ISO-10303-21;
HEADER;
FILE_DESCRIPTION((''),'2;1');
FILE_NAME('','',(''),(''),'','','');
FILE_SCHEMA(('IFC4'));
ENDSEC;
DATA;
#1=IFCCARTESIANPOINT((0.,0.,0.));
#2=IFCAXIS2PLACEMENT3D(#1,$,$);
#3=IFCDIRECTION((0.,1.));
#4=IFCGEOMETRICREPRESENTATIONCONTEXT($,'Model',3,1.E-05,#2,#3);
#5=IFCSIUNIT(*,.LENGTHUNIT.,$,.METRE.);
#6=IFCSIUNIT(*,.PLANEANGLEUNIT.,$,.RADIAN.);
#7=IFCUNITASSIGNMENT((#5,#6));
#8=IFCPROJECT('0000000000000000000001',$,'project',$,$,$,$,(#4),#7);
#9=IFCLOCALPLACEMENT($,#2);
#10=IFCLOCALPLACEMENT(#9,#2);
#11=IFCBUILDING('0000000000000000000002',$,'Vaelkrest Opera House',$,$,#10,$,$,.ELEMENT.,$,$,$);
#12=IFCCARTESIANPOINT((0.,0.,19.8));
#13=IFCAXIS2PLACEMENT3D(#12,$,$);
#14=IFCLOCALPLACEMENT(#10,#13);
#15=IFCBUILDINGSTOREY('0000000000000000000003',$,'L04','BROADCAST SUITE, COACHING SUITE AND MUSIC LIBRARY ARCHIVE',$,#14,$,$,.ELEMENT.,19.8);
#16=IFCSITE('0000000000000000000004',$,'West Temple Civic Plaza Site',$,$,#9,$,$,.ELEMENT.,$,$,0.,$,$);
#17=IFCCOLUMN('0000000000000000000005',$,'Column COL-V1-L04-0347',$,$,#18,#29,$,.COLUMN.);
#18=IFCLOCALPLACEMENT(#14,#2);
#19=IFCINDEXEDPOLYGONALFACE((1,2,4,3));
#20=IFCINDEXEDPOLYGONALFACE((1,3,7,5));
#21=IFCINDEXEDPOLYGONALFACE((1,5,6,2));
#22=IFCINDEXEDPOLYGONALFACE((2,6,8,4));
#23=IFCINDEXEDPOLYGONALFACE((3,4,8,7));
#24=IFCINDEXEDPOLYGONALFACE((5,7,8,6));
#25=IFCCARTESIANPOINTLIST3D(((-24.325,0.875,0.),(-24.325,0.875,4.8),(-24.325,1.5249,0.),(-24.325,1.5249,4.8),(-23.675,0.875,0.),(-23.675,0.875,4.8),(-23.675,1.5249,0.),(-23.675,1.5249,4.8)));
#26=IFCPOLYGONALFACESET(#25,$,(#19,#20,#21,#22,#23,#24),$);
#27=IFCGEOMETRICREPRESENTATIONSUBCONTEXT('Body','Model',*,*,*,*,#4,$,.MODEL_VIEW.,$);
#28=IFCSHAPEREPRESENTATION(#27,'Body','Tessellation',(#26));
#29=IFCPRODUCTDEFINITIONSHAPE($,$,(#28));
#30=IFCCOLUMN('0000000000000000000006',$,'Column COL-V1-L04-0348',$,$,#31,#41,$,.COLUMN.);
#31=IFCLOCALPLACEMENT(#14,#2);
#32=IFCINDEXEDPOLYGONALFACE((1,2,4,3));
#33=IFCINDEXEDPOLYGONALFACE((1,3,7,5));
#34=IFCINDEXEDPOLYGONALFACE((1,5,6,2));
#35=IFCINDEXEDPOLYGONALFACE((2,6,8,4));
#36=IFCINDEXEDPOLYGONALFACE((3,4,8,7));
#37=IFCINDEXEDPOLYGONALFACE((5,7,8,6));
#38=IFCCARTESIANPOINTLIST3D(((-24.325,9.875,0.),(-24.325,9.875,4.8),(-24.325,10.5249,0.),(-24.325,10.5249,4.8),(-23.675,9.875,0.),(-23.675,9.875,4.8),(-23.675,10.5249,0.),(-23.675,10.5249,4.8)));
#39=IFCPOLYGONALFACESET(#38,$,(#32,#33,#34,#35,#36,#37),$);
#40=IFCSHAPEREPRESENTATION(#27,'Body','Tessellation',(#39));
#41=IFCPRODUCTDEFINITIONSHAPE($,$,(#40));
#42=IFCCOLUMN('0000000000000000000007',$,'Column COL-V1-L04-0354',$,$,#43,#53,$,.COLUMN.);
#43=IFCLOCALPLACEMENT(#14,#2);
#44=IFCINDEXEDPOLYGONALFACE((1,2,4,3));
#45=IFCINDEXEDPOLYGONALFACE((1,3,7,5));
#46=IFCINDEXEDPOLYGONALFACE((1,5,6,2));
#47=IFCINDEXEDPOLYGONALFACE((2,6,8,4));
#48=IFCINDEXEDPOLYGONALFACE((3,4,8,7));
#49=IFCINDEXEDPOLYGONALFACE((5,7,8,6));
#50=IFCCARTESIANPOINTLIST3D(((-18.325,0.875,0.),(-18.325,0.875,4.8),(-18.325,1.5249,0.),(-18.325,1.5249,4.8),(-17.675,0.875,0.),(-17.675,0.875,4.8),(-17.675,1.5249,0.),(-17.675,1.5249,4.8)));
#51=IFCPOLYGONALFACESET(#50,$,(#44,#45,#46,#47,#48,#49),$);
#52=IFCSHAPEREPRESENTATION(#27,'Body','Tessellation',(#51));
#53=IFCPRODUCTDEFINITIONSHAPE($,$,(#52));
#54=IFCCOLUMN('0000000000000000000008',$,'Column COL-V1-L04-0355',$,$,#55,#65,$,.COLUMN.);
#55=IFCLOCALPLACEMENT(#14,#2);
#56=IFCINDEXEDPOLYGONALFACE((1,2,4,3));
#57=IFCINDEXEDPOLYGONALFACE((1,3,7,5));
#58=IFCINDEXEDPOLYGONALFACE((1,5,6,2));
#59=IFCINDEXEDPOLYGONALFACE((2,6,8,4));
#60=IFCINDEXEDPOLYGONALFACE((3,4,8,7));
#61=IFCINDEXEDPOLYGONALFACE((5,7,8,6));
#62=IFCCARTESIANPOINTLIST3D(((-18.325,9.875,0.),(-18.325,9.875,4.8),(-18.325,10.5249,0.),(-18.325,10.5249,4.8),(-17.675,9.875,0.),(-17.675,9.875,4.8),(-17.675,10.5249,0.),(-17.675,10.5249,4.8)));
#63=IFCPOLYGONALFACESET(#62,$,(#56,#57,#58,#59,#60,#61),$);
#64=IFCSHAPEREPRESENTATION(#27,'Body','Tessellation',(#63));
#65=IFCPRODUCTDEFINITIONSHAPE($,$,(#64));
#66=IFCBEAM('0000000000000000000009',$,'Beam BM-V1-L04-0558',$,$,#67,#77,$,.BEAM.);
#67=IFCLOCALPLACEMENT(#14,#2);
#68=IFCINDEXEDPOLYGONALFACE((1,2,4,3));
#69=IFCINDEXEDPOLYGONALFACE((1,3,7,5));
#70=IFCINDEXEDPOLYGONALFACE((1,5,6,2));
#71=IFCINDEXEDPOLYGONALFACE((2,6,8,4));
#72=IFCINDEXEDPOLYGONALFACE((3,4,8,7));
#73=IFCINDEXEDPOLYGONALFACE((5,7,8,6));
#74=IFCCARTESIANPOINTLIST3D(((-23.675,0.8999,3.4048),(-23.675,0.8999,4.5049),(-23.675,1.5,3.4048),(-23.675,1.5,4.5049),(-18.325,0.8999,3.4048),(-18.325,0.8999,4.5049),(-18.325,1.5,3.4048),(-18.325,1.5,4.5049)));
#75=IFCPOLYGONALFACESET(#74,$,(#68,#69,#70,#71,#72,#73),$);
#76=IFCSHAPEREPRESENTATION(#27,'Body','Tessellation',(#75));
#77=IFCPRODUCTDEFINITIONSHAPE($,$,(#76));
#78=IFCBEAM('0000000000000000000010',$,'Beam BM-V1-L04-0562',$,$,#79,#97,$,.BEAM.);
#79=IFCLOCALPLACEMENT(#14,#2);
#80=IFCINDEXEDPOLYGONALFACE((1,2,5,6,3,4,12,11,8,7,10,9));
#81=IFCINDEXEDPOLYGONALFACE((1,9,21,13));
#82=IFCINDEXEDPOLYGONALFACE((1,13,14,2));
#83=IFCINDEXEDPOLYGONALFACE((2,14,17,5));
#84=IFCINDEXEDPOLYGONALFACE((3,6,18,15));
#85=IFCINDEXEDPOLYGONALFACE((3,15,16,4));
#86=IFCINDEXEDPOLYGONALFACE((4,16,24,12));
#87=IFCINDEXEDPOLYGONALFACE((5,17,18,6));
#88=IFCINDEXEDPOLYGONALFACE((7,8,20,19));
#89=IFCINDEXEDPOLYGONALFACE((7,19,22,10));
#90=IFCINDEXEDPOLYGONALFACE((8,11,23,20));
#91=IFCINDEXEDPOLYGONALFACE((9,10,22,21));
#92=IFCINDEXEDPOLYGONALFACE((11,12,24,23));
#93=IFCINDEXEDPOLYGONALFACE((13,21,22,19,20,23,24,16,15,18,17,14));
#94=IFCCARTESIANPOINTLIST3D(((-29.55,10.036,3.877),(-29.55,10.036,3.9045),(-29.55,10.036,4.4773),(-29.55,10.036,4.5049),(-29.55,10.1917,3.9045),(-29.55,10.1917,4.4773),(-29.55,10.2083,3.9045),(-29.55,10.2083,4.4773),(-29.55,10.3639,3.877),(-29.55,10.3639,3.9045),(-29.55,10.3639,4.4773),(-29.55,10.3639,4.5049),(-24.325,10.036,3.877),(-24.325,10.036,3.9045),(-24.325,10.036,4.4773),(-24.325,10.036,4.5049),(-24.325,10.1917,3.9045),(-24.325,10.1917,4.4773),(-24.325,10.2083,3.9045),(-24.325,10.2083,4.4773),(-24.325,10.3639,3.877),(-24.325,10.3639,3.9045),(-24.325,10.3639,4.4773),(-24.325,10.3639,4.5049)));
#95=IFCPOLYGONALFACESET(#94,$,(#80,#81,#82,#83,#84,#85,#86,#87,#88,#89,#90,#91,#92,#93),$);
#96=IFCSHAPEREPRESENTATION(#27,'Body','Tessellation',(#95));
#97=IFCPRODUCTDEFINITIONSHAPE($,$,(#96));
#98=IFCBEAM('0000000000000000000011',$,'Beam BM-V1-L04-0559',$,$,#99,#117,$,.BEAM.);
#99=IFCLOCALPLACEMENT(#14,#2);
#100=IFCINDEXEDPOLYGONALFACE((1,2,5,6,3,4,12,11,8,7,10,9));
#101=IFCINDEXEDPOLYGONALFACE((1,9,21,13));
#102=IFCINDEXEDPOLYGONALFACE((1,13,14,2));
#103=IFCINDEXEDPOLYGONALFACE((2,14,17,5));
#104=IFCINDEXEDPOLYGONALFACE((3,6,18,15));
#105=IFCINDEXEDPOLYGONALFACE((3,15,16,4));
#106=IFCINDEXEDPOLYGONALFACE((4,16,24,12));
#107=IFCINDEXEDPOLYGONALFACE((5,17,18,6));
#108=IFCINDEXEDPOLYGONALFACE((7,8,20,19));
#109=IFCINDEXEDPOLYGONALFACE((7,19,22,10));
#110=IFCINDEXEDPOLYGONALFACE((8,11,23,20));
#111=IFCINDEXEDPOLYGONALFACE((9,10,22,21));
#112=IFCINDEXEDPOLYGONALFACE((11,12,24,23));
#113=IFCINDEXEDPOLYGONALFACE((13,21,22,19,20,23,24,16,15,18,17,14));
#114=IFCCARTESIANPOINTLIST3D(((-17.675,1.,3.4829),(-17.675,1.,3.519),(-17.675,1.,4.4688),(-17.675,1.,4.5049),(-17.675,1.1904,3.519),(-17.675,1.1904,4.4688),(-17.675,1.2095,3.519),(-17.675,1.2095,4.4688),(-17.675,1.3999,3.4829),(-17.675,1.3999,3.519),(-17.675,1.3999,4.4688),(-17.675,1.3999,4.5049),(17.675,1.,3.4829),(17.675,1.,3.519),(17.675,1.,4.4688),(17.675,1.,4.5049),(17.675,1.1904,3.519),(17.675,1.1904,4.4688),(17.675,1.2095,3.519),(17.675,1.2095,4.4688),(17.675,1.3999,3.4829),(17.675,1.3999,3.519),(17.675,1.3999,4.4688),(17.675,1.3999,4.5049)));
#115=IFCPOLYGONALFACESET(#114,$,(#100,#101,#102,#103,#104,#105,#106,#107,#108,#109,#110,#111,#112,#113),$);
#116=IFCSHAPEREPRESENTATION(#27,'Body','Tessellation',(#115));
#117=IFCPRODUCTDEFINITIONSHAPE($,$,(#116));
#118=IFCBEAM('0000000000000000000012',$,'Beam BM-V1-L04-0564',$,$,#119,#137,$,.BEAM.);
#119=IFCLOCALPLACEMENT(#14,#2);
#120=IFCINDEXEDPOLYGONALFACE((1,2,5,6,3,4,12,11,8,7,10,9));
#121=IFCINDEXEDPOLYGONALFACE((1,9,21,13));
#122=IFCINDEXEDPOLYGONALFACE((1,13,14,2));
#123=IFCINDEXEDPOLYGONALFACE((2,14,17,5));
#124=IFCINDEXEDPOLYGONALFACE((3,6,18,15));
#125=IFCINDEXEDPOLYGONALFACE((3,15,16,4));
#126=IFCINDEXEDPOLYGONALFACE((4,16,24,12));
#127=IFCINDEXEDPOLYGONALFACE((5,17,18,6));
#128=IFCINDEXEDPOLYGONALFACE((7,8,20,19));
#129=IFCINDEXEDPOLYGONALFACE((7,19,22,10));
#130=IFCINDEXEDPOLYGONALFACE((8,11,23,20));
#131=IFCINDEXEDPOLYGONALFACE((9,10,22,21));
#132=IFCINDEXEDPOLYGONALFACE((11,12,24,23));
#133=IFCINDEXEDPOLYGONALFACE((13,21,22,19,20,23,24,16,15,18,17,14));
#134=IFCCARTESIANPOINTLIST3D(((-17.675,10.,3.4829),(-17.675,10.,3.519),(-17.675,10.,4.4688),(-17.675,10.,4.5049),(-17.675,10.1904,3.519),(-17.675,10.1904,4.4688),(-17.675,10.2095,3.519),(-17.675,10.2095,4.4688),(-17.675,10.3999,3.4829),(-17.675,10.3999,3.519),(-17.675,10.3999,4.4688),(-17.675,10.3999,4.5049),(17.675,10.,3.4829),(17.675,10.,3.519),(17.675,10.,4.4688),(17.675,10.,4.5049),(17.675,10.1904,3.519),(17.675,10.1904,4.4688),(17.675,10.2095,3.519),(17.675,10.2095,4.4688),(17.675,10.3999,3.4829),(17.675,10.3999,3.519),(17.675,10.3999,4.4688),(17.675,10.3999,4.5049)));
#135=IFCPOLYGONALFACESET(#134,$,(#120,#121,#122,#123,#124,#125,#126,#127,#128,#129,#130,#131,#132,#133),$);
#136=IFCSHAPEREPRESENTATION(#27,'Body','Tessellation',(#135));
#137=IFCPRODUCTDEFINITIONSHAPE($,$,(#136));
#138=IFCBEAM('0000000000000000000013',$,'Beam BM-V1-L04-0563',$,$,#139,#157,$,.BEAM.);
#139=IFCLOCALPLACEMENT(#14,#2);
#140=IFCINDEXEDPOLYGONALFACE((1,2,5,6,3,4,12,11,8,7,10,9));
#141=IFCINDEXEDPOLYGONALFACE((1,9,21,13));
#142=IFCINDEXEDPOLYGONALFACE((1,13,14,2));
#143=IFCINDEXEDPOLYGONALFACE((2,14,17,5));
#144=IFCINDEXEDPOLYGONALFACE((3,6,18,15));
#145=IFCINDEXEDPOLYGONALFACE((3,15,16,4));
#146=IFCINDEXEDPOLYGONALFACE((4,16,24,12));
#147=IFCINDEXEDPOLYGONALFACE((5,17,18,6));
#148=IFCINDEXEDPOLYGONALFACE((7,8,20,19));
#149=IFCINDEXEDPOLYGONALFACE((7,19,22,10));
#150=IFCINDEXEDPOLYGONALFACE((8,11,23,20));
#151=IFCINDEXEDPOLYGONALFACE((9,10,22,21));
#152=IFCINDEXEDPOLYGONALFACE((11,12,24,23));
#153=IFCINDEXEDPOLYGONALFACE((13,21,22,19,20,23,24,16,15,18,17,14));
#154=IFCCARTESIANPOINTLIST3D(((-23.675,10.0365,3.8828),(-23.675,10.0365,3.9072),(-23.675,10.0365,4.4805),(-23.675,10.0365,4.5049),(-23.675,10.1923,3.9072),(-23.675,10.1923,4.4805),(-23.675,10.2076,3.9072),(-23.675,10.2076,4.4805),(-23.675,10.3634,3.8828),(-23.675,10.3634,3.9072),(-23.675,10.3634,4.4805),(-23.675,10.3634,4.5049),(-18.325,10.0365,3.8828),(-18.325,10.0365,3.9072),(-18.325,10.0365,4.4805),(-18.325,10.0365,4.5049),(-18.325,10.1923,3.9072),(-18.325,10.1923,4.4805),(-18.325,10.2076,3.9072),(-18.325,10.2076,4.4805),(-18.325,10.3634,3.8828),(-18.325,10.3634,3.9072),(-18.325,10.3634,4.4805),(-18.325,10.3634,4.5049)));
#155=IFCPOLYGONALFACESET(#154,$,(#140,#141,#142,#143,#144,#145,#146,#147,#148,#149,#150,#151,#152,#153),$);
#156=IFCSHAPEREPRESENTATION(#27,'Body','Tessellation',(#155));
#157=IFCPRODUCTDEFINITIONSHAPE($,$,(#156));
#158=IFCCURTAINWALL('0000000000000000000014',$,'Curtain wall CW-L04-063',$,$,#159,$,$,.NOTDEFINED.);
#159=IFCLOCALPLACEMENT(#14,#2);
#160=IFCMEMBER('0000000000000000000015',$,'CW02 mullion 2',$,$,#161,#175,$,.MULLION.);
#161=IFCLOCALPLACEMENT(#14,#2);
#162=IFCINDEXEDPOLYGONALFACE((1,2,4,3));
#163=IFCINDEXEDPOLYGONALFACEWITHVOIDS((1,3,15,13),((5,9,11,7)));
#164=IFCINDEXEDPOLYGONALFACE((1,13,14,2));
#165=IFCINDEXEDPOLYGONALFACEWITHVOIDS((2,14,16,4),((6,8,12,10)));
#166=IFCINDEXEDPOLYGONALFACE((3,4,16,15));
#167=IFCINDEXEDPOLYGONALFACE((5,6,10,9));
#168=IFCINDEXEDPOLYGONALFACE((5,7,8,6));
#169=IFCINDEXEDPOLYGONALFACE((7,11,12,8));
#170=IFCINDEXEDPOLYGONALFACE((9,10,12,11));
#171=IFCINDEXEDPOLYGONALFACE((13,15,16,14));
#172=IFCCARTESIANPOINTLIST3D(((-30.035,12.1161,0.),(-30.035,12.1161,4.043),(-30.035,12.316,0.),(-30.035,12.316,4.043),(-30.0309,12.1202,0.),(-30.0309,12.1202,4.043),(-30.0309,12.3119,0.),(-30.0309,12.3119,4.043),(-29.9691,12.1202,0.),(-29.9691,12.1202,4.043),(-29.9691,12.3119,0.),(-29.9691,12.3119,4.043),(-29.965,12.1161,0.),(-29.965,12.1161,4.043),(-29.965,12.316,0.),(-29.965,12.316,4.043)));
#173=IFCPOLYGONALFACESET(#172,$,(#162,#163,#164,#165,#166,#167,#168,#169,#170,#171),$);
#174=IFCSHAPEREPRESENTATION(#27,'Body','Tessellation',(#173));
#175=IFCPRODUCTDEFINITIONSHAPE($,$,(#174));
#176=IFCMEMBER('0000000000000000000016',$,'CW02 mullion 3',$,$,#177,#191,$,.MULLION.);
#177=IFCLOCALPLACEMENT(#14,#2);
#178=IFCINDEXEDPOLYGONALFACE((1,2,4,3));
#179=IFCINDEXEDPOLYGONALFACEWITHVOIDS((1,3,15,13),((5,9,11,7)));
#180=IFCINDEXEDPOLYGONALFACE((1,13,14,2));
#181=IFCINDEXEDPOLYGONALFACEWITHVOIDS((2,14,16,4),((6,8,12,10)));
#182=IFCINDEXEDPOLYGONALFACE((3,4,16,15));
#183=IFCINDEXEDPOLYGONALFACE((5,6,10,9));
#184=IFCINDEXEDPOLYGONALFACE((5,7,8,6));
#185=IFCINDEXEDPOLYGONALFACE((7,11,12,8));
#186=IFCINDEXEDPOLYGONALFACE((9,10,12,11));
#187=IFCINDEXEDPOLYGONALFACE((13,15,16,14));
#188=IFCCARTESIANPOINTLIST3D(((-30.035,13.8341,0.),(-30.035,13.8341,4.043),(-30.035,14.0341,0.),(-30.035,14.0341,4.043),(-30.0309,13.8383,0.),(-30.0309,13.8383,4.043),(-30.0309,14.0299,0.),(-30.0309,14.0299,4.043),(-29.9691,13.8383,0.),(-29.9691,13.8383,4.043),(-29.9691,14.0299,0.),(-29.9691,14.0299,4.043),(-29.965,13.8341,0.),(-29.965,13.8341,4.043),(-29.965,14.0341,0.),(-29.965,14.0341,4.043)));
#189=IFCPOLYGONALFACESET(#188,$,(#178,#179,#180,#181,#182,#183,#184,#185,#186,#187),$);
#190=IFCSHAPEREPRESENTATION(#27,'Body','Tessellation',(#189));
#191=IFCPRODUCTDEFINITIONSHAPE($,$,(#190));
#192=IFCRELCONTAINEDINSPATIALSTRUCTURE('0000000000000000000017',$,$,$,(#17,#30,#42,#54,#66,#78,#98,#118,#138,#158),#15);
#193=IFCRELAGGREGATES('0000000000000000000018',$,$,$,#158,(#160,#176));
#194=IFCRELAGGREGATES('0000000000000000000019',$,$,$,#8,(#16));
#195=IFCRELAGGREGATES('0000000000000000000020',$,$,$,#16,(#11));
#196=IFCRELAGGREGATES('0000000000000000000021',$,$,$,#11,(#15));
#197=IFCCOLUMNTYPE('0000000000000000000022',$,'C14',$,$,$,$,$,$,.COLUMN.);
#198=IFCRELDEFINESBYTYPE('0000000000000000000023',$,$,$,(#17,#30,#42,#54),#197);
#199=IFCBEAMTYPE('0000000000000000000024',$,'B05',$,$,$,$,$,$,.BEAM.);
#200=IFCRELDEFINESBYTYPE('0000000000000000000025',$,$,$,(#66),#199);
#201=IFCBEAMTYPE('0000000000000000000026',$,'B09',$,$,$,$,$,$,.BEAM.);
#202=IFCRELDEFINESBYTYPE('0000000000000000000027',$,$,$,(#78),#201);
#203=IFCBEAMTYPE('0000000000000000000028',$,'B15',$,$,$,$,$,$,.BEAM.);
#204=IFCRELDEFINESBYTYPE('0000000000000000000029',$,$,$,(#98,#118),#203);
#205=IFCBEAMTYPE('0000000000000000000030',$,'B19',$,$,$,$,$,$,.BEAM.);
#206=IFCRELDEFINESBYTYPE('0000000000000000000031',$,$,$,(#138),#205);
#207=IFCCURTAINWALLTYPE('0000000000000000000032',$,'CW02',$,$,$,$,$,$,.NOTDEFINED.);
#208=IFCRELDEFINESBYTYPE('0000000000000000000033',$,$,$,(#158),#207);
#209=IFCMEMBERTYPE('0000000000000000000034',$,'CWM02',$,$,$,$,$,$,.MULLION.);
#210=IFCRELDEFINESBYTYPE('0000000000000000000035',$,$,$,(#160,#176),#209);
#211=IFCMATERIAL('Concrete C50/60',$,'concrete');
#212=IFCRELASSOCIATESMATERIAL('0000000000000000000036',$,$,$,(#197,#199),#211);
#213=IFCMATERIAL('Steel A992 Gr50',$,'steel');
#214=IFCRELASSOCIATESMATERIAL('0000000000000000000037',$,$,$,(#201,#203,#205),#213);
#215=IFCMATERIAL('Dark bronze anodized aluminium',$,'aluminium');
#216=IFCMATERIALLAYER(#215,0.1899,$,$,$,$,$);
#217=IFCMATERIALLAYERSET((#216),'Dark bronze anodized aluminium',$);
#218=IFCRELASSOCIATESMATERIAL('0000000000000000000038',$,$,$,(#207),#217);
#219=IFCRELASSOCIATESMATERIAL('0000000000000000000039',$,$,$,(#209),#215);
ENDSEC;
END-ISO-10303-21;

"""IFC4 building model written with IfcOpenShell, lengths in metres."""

from ifc_helpers import new_model, si_unit, direction, frame, origin, origin_2d, place, context, subcontext, project, spatial, rectangle, hollow_rectangle, i_section, extrude, material, layer, layer_set, material_profile, profile_set, type_object, element, aggregate, save


model = new_model("IFC4")

# Units and contexts
model_context = context("Model", 3, precision=1e-05, world=origin(), true_north=direction((0.0, 1.0)))
body_context = subcontext(model_context, "Body", "Model", "MODEL_VIEW")
ifc_project = project(units=[si_unit("LENGTHUNIT", "METRE"), si_unit("PLANEANGLEUNIT", "RADIAN")], contexts=[model_context])

# Site, building, storey
site_placement = place(None, origin())
site = spatial("IfcSite", under=ifc_project, at=site_placement, Name="West Temple Civic Plaza Site", CompositionType="ELEMENT", RefElevation=0.0)
building_placement = place(site_placement, origin())
building = spatial("IfcBuilding", under=site, at=building_placement, Name="Vaelkrest Opera House", CompositionType="ELEMENT")
storey_placement = place(building_placement, frame((0.0, 0.0, 19.8)))
storey = spatial("IfcBuildingStorey", under=building, at=storey_placement, Name="L04", Description="BROADCAST SUITE, COACHING SUITE AND MUSIC LIBRARY ARCHIVE", CompositionType="ELEMENT", Elevation=19.8)

# Columns
ifc_material_1 = material(Name="Concrete C50/60", Category="concrete")
ifc_material_profile_1 = material_profile(ifc_material_1, rectangle(XDim=0.6499, YDim=0.6499, at=origin_2d()), Name="RC650X650")
ifc_profile_set_1 = profile_set([ifc_material_profile_1], Name="Concrete C50/60")
column_type = type_object("IfcColumnType", Name="C14", PredefinedType="COLUMN", material=ifc_profile_set_1)
for number, where, z_axis, x_axis, name in (
    (1, (-24.0, 1.2, 0.0), (0.0, 0.0, 1.0), (1.0, 0.0, 0.0), "Column COL-V1-L04-0347"),
    (2, (-24.0, 10.2, 0.0), (0.0, 0.0, 1.0), (1.0, 0.0, 0.0), "Column COL-V1-L04-0348"),
    (3, (-18.0, 1.2, 0.0), (0.0, 0.0, 1.0), (1.0, 0.0, 0.0), "Column COL-V1-L04-0354"),
    (4, (-18.0, 10.2, 0.0), (0.0, 0.0, 1.0), (1.0, 0.0, 0.0), "Column COL-V1-L04-0355"),
):
    element("IfcColumn", number, at=place(storey_placement, frame(where, z_axis=z_axis, x_axis=x_axis)), inside=storey, type_object=column_type, Name=name, PredefinedType="COLUMN", context=body_context, shape_type="SweptSolid", body=[
        extrude(rectangle(XDim=0.6499, YDim=0.6499, at=origin_2d()), origin(), (0.0, 0.0, 1.0), 4.8),
    ])

# Beams
ifc_material_profile_2 = material_profile(ifc_material_1, rectangle(XDim=0.6001, YDim=1.1001, at=origin_2d()), Name="RCB600X1100")
ifc_profile_set_2 = profile_set([ifc_material_profile_2], Name="Concrete C50/60")
beam_type_1 = type_object("IfcBeamType", Name="B05", PredefinedType="BEAM", material=ifc_profile_set_2)
beam_1_placement = place(storey_placement, frame((-23.675, 1.2, 3.9548), z_axis=(1.0, 0.0, 0.0), x_axis=(0.0, 1.0, 0.0)))
element("IfcBeam", 5, at=beam_1_placement, inside=storey, type_object=beam_type_1, Name="Beam BM-V1-L04-0558", PredefinedType="BEAM", context=body_context, shape_type="SweptSolid", body=[
    extrude(rectangle(XDim=0.6001, YDim=1.1001, at=origin_2d()), origin(), (0.0, 0.0, 1.0), 5.3501),
])
ifc_material_2 = material(Name="Steel A992 Gr50", Category="steel")
ifc_material_profile_3 = material_profile(ifc_material_2, i_section(OverallWidth=0.3279, OverallDepth=0.6279, WebThickness=0.0166, FlangeThickness=0.0276, at=origin_2d()), Name="W24X146")
ifc_profile_set_3 = profile_set([ifc_material_profile_3], Name="Steel A992 Gr50")
beam_type_2 = type_object("IfcBeamType", Name="B09", PredefinedType="BEAM", material=ifc_profile_set_3)
beam_2_placement = place(storey_placement, frame((-29.55, 10.2, 4.1909), z_axis=(1.0, 0.0, 0.0), x_axis=(0.0, 1.0, 0.0)))
element("IfcBeam", 6, at=beam_2_placement, inside=storey, type_object=beam_type_2, Name="Beam BM-V1-L04-0562", PredefinedType="BEAM", context=body_context, shape_type="SweptSolid", body=[
    extrude(i_section(OverallWidth=0.3279, OverallDepth=0.6279, WebThickness=0.0166, FlangeThickness=0.0276, at=origin_2d()), origin(), (0.0, 0.0, 1.0), 5.2251),
])
ifc_material_profile_4 = material_profile(ifc_material_2, i_section(OverallWidth=0.3999, OverallDepth=1.022, WebThickness=0.019, FlangeThickness=0.0361, at=origin_2d()), Name="W40X249")
ifc_profile_set_4 = profile_set([ifc_material_profile_4], Name="Steel A992 Gr50")
beam_type_3 = type_object("IfcBeamType", Name="B15", PredefinedType="BEAM", material=ifc_profile_set_4)
for number, where, z_axis, x_axis, name in (
    (7, (-17.675, 1.2, 3.9939), (1.0, 0.0, 0.0), (0.0, 1.0, 0.0), "Beam BM-V1-L04-0559"),
    (8, (-17.675, 10.2, 3.9939), (1.0, 0.0, 0.0), (0.0, 1.0, 0.0), "Beam BM-V1-L04-0564"),
):
    element("IfcBeam", number, at=place(storey_placement, frame(where, z_axis=z_axis, x_axis=x_axis)), inside=storey, type_object=beam_type_3, Name=name, PredefinedType="BEAM", context=body_context, shape_type="SweptSolid", body=[
        extrude(i_section(OverallWidth=0.3999, OverallDepth=1.022, WebThickness=0.019, FlangeThickness=0.0361, at=origin_2d()), origin(), (0.0, 0.0, 1.0), 35.3501),
    ])
ifc_material_profile_5 = material_profile(ifc_material_2, i_section(OverallWidth=0.3269, OverallDepth=0.6221, WebThickness=0.0154, FlangeThickness=0.0244, at=origin_2d()), Name="W24X131")
ifc_profile_set_5 = profile_set([ifc_material_profile_5], Name="Steel A992 Gr50")
beam_type_4 = type_object("IfcBeamType", Name="B19", PredefinedType="BEAM", material=ifc_profile_set_5)
beam_3_placement = place(storey_placement, frame((-23.675, 10.2, 4.1938), z_axis=(1.0, 0.0, 0.0), x_axis=(0.0, 1.0, 0.0)))
element("IfcBeam", 9, at=beam_3_placement, inside=storey, type_object=beam_type_4, Name="Beam BM-V1-L04-0563", PredefinedType="BEAM", context=body_context, shape_type="SweptSolid", body=[
    extrude(i_section(OverallWidth=0.3269, OverallDepth=0.6221, WebThickness=0.0154, FlangeThickness=0.0244, at=origin_2d()), origin(), (0.0, 0.0, 1.0), 5.3501),
])

# Curtain wall, members
ifc_material_3 = material(Name="Dark bronze anodized aluminium", Category="aluminium")
ifc_layer_1 = layer(ifc_material_3, 0.1899)
ifc_layer_set_1 = layer_set([ifc_layer_1], Name="Dark bronze anodized aluminium")
curtain_wall_type = type_object("IfcCurtainWallType", Name="CW02", PredefinedType="NOTDEFINED", material=ifc_layer_set_1)
curtain_wall_placement = place(storey_placement, origin())
curtain_wall = element("IfcCurtainWall", 10, at=curtain_wall_placement, inside=storey, type_object=curtain_wall_type, Name="Curtain wall CW-L04-063", PredefinedType="NOTDEFINED")
ifc_material_profile_6 = material_profile(ifc_material_3, hollow_rectangle(XDim=0.0701, YDim=0.2, WallThickness=0.0042, at=origin_2d()), Name="CWM70X200")
ifc_profile_set_6 = profile_set([ifc_material_profile_6], Name="Dark bronze anodized aluminium")
member_type_1 = type_object("IfcMemberType", Name="CWM02", PredefinedType="MULLION", material=ifc_profile_set_6)
member_1_placement = place(storey_placement, frame((-30.0, 12.2161, 0.0), z_axis=(0.0, 0.0, 1.0), x_axis=(-1.0, 0.0, 0.0)))
member_1 = element("IfcMember", 11, at=member_1_placement, type_object=member_type_1, Name="CW02 mullion 2", PredefinedType="MULLION", context=body_context, shape_type="SweptSolid", body=[
    extrude(hollow_rectangle(XDim=0.0701, YDim=0.2, WallThickness=0.0042, at=origin_2d()), origin(), (0.0, 0.0, 1.0), 4.043),
])
member_2_placement = place(storey_placement, frame((-30.0, 13.9341, 0.0), z_axis=(0.0, 0.0, 1.0), x_axis=(-1.0, 0.0, 0.0)))
member_2 = element("IfcMember", 12, at=member_2_placement, type_object=member_type_1, Name="CW02 mullion 3", PredefinedType="MULLION", context=body_context, shape_type="SweptSolid", body=[
    extrude(hollow_rectangle(XDim=0.0701, YDim=0.2, WallThickness=0.0042, at=origin_2d()), origin(), (0.0, 0.0, 1.0), 4.043),
])
aggregate(curtain_wall, [member_1, member_2])

save(model, "model.ifc")
